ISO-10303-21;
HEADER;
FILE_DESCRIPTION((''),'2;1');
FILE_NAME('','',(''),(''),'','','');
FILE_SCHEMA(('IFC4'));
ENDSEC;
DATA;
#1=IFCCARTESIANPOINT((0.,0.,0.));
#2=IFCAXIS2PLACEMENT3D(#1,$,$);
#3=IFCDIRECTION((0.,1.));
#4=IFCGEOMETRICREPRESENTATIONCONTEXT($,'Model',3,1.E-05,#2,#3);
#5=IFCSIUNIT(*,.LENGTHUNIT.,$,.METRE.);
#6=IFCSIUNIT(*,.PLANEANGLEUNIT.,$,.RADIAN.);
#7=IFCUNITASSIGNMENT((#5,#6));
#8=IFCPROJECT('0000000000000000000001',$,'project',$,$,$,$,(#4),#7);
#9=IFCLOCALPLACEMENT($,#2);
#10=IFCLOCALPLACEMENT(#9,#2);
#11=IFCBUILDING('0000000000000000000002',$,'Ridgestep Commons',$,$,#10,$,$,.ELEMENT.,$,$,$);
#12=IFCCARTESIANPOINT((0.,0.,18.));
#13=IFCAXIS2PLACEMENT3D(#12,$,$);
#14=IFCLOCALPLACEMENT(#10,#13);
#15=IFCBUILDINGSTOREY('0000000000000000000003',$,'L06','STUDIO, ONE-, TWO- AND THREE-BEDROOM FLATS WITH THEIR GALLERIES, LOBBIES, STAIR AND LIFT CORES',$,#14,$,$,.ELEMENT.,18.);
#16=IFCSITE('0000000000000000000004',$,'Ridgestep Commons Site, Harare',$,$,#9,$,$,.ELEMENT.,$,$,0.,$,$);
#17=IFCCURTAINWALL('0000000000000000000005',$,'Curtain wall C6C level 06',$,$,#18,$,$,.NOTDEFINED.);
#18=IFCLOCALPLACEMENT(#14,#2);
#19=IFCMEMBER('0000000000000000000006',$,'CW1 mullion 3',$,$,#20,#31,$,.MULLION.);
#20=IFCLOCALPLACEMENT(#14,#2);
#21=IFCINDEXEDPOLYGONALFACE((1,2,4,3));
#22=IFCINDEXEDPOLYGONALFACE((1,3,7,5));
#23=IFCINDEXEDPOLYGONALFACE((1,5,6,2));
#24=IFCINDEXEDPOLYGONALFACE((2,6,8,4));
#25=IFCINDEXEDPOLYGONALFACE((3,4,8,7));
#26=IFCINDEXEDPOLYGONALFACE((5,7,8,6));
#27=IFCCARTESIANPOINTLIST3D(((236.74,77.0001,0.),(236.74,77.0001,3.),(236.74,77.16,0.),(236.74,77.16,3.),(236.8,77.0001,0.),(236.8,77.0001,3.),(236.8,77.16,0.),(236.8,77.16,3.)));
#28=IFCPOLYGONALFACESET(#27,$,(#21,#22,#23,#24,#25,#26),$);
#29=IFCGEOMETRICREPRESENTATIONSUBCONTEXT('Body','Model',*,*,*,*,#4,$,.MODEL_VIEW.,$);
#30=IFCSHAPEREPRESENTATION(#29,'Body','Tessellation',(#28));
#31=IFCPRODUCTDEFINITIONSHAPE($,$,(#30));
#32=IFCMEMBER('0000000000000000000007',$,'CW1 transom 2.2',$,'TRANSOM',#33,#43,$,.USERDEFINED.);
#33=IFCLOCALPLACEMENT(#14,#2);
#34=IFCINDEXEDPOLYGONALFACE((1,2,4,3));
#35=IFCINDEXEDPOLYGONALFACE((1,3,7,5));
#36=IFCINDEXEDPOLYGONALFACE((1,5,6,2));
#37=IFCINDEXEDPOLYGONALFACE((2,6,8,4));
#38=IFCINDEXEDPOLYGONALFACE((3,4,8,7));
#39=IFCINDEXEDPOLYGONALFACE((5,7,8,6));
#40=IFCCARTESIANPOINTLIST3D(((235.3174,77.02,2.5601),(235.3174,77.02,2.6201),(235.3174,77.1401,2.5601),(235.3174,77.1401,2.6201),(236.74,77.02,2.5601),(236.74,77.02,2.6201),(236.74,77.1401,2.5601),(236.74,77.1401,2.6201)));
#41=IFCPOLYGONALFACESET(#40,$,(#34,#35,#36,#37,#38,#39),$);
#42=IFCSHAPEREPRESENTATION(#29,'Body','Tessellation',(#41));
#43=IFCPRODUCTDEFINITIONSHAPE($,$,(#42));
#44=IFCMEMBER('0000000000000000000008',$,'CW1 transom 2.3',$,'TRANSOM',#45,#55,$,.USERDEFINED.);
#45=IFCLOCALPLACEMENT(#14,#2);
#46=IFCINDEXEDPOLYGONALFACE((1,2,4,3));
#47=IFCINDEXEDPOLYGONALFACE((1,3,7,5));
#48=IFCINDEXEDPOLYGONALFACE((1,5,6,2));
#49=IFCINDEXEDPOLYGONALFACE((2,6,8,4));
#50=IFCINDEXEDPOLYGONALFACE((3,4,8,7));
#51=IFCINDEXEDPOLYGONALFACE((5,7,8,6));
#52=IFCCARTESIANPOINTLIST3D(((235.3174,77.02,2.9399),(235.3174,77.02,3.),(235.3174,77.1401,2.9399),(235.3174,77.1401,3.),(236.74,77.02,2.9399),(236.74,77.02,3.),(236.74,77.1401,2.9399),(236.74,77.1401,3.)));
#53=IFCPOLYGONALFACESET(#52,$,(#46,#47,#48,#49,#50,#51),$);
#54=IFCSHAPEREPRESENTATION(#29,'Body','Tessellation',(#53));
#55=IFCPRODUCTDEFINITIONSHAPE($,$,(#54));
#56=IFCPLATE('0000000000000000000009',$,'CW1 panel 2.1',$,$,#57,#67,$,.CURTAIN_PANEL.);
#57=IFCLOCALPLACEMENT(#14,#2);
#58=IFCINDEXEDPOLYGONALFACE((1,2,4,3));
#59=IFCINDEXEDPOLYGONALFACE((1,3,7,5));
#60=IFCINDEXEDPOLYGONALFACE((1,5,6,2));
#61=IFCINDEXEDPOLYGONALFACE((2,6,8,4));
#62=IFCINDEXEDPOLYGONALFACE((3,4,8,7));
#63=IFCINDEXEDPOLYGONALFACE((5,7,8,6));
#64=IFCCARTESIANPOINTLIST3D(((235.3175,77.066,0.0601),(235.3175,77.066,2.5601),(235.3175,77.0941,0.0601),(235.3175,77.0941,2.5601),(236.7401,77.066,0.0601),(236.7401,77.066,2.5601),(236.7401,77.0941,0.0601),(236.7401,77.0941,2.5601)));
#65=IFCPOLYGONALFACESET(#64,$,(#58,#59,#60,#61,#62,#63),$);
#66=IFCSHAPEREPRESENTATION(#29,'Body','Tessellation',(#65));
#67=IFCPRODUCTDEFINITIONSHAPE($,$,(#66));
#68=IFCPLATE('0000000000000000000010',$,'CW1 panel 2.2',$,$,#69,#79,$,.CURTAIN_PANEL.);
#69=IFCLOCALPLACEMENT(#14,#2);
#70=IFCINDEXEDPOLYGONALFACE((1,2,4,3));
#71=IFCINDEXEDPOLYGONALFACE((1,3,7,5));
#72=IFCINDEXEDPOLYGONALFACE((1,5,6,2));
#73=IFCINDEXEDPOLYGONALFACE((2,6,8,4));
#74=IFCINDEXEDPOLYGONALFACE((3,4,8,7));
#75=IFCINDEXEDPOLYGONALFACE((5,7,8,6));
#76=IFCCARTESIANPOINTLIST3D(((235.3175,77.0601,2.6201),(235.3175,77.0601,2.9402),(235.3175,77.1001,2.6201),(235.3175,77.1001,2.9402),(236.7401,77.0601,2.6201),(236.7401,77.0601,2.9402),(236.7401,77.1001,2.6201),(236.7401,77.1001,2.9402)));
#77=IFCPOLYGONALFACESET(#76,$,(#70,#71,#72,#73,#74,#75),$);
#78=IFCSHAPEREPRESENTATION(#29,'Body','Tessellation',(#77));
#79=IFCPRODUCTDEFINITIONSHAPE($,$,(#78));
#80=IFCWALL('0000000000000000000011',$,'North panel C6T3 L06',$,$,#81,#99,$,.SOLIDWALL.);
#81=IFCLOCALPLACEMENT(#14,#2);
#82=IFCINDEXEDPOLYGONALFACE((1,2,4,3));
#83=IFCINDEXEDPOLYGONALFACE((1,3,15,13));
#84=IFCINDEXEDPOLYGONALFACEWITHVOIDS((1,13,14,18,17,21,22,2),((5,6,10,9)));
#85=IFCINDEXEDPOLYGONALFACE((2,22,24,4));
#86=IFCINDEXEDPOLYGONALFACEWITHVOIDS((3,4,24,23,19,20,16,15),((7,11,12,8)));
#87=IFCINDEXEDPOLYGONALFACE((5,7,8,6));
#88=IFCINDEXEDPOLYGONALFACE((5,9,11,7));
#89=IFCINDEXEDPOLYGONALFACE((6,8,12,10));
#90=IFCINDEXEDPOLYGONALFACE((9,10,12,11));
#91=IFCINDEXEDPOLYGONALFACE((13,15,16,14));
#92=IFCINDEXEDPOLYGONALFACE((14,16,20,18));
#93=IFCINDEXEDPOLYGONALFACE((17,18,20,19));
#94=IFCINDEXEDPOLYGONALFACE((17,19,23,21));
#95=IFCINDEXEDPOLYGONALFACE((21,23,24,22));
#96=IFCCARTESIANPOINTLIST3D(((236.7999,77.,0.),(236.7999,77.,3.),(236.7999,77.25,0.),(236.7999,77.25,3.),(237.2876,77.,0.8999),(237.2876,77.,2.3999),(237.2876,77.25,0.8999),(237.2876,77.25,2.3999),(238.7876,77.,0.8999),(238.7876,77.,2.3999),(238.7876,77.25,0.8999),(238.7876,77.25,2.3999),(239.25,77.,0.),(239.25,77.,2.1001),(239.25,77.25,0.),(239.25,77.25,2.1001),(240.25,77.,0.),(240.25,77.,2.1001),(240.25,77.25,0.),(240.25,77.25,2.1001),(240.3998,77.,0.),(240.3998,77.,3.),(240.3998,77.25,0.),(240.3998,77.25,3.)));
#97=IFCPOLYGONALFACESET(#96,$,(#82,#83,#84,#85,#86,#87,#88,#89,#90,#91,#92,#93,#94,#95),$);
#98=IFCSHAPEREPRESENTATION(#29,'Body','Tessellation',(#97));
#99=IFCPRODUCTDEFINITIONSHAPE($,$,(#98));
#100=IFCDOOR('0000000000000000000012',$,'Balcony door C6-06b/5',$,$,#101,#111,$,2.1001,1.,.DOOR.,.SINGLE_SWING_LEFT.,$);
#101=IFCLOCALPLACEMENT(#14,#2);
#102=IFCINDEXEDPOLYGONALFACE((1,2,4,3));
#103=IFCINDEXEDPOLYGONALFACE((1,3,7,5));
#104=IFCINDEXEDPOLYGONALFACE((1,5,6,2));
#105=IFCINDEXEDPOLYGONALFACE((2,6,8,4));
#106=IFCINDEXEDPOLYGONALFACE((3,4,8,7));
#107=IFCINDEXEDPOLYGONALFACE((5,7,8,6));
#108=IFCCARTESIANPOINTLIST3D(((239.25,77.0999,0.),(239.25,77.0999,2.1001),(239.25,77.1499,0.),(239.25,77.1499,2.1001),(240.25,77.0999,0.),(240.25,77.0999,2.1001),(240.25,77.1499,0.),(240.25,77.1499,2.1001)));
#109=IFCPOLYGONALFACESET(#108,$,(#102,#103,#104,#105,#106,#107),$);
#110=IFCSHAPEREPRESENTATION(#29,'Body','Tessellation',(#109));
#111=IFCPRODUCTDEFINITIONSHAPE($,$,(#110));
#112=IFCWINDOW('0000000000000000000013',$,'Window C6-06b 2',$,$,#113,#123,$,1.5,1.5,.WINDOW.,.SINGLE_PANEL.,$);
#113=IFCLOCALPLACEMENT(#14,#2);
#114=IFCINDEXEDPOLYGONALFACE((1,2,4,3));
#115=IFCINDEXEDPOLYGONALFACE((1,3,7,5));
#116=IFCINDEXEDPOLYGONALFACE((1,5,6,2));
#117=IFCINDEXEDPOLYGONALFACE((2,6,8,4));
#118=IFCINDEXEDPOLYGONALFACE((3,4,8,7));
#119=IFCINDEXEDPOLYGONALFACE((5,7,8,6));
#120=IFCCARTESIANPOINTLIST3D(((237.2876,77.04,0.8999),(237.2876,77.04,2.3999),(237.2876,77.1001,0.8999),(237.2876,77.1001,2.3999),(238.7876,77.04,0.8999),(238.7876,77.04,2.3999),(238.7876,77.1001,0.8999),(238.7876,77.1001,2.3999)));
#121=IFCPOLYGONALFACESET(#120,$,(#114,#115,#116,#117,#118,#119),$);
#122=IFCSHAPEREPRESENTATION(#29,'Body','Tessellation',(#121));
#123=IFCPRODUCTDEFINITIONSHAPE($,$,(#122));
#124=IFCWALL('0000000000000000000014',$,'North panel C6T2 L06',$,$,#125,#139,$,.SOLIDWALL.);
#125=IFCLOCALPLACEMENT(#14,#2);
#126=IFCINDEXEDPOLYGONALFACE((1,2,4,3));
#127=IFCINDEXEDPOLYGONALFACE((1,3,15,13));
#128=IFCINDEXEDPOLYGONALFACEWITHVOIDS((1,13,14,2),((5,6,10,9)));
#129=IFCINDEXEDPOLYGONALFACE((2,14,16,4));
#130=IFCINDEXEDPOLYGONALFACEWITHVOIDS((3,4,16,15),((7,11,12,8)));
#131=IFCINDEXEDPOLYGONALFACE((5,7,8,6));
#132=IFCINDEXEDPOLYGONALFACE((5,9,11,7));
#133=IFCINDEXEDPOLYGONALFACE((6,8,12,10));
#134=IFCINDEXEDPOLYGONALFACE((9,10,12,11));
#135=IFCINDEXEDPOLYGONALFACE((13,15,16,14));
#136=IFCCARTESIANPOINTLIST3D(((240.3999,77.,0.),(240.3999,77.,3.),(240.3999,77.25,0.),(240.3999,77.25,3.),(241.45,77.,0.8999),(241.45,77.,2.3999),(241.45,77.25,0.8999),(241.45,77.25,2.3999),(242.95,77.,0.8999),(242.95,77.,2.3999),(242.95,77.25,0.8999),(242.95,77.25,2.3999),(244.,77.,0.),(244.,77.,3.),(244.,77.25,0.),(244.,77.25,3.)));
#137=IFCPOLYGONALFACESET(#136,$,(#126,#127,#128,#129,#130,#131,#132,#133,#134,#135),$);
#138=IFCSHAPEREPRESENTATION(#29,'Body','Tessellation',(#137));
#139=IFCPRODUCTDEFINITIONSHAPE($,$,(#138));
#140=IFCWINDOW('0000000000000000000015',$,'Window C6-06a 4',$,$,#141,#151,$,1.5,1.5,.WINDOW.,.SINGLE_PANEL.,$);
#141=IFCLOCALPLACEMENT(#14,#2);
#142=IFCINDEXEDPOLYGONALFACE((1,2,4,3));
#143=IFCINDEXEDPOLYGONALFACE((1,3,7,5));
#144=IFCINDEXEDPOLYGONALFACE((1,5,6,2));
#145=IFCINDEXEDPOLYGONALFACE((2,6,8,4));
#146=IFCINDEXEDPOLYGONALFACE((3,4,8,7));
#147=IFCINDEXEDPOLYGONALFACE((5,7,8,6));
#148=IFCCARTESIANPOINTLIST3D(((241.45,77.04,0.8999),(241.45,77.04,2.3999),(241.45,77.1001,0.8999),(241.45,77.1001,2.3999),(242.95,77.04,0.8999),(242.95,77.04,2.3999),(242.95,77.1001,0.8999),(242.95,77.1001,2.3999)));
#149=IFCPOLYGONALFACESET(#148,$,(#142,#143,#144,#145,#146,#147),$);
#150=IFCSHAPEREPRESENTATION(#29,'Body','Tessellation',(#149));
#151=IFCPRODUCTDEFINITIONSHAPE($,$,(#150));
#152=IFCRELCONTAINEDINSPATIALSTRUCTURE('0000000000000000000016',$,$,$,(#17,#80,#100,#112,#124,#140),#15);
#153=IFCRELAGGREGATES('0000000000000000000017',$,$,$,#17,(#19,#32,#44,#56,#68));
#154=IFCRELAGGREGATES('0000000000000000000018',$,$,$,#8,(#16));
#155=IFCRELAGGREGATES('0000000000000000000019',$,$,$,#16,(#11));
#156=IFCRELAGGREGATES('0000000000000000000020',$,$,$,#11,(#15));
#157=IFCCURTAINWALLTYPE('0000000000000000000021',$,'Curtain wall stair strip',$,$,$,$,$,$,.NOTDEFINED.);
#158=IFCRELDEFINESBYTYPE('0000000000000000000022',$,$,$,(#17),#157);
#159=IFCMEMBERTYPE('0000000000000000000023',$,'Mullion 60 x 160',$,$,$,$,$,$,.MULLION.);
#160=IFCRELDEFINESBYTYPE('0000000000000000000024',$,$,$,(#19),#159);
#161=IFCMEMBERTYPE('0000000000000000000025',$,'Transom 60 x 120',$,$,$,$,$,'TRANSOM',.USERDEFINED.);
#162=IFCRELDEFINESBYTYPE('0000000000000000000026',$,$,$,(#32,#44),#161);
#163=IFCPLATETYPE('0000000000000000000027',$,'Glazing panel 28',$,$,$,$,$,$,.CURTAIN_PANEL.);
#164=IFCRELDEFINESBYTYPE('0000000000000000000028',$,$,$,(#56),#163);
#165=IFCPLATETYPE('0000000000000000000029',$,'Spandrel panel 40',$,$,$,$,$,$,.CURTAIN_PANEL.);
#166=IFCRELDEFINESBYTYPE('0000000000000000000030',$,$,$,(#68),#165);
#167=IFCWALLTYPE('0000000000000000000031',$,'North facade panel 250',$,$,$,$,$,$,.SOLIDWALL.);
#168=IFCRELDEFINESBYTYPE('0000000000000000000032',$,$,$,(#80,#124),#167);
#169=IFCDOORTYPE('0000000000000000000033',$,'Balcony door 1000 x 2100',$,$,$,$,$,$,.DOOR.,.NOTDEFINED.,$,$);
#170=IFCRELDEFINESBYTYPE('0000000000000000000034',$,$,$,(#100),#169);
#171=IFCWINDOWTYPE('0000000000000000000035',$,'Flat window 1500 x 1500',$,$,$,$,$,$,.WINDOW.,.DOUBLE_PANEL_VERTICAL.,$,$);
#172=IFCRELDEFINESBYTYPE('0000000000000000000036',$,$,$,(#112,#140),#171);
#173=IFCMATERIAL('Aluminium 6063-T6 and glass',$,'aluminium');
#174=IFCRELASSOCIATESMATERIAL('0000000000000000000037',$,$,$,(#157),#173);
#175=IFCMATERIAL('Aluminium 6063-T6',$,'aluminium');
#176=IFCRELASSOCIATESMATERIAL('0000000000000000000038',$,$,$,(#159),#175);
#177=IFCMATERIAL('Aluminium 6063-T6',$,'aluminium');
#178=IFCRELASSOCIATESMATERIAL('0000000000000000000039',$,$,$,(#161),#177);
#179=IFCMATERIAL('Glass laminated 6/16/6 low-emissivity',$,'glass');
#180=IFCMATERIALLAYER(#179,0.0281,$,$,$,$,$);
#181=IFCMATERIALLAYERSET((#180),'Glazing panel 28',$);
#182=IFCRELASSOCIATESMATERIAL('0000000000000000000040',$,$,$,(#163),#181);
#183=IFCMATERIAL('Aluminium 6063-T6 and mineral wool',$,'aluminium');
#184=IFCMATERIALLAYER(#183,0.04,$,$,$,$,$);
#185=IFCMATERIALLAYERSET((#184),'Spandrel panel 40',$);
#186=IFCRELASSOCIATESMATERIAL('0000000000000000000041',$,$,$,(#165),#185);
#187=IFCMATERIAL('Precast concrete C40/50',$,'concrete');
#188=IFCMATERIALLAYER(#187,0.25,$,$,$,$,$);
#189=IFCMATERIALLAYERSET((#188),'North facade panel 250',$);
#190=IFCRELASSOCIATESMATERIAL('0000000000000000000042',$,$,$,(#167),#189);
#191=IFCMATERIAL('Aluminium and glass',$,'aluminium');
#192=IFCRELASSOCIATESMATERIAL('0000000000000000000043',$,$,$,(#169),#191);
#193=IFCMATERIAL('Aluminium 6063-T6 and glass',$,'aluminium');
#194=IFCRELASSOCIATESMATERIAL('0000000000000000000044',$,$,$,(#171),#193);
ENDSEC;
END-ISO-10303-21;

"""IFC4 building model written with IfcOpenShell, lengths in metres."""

from ifc_helpers import new_model, si_unit, direction, frame, frame_2d, origin, origin_2d, place, context, subcontext, project, spatial, rectangle, extrude, material, layer, layer_set, material_profile, profile_set, type_object, element, fill, aggregate, save


model = new_model("IFC4")

# Units and contexts
model_context = context("Model", 3, precision=1e-05, world=origin(), true_north=direction((0.0, 1.0)))
body_context = subcontext(model_context, "Body", "Model", "MODEL_VIEW")
ifc_project = project(units=[si_unit("LENGTHUNIT", "METRE"), si_unit("PLANEANGLEUNIT", "RADIAN")], contexts=[model_context])

# Site, building, storey
site_placement = place(None, origin())
site = spatial("IfcSite", under=ifc_project, at=site_placement, Name="Ridgestep Commons Site, Harare", CompositionType="ELEMENT", RefElevation=0.0)
building_placement = place(site_placement, origin())
building = spatial("IfcBuilding", under=site, at=building_placement, Name="Ridgestep Commons", CompositionType="ELEMENT")
storey_placement = place(building_placement, frame((0.0, 0.0, 18.0)))
storey = spatial("IfcBuildingStorey", under=building, at=storey_placement, Name="L06", Description="STUDIO, ONE-, TWO- AND THREE-BEDROOM FLATS WITH THEIR GALLERIES, LOBBIES, STAIR AND LIFT CORES", CompositionType="ELEMENT", Elevation=18.0)

# Curtain wall, members, plates
ifc_material_1 = material(Name="Aluminium 6063-T6 and glass", Category="aluminium")
curtain_wall_type = type_object("IfcCurtainWallType", Name="Curtain wall stair strip", PredefinedType="NOTDEFINED", material=ifc_material_1)
curtain_wall_placement = place(storey_placement, origin())
curtain_wall = element("IfcCurtainWall", 1, at=curtain_wall_placement, inside=storey, type_object=curtain_wall_type, Name="Curtain wall C6C level 06", PredefinedType="NOTDEFINED")
ifc_material_2 = material(Name="Aluminium 6063-T6", Category="aluminium")
ifc_material_profile_1 = material_profile(ifc_material_2, rectangle(XDim=0.1599, YDim=0.0601, at=origin_2d()), Name="Mullion 60 x 160")
ifc_profile_set_1 = profile_set([ifc_material_profile_1], Name="Aluminium 6063-T6")
member_type_1 = type_object("IfcMemberType", Name="Mullion 60 x 160", PredefinedType="MULLION", material=ifc_profile_set_1)
member_1_placement = place(storey_placement, frame((236.77, 77.0801, 0.0), z_axis=(0.0, 0.0, 1.0), x_axis=(0.0, 1.0, 0.0)))
member_1 = element("IfcMember", 2, at=member_1_placement, type_object=member_type_1, Name="CW1 mullion 3", PredefinedType="MULLION", context=body_context, shape_type="SweptSolid", body=[
    extrude(rectangle(XDim=0.1599, YDim=0.0601, at=origin_2d()), origin(), (0.0, 0.0, 1.0), 3.0),
])
ifc_material_3 = material(Name="Aluminium 6063-T6", Category="aluminium")
ifc_material_profile_2 = material_profile(ifc_material_3, rectangle(XDim=0.1201, YDim=0.0601, at=origin_2d()), Name="Transom 60 x 120")
ifc_profile_set_2 = profile_set([ifc_material_profile_2], Name="Aluminium 6063-T6")
member_type_2 = type_object("IfcMemberType", Name="Transom 60 x 120", ElementType="TRANSOM", PredefinedType="USERDEFINED", material=ifc_profile_set_2)
member_2_placement = place(storey_placement, frame((235.3174, 77.0801, 2.5901), z_axis=(1.0, 0.0, 0.0), x_axis=(0.0, 1.0, 0.0)))
member_2 = element("IfcMember", 3, at=member_2_placement, type_object=member_type_2, Name="CW1 transom 2.2", ObjectType="TRANSOM", PredefinedType="USERDEFINED", context=body_context, shape_type="SweptSolid", body=[
    extrude(rectangle(XDim=0.1201, YDim=0.0601, at=origin_2d()), origin(), (0.0, 0.0, 1.0), 1.4226),
])
member_3_placement = place(storey_placement, frame((235.3174, 77.0801, 2.97), z_axis=(1.0, 0.0, 0.0), x_axis=(0.0, 1.0, 0.0)))
member_3 = element("IfcMember", 4, at=member_3_placement, type_object=member_type_2, Name="CW1 transom 2.3", ObjectType="TRANSOM", PredefinedType="USERDEFINED", context=body_context, shape_type="SweptSolid", body=[
    extrude(rectangle(XDim=0.1201, YDim=0.0601, at=origin_2d()), origin(), (0.0, 0.0, 1.0), 1.4226),
])
ifc_material_4 = material(Name="Glass laminated 6/16/6 low-emissivity", Category="glass")
ifc_layer_1 = layer(ifc_material_4, 0.0281)
ifc_layer_set_1 = layer_set([ifc_layer_1], Name="Glazing panel 28")
plate_type_1 = type_object("IfcPlateType", Name="Glazing panel 28", PredefinedType="CURTAIN_PANEL", material=ifc_layer_set_1)
plate_1_placement = place(storey_placement, frame((236.0288, 77.0801, 0.0601), z_axis=(0.0, 0.0, 1.0), x_axis=(1.0, 0.0, 0.0)))
plate_1 = element("IfcPlate", 5, at=plate_1_placement, type_object=plate_type_1, Name="CW1 panel 2.1", PredefinedType="CURTAIN_PANEL", context=body_context, shape_type="SweptSolid", body=[
    extrude(rectangle(XDim=1.4226, YDim=0.0281, at=origin_2d()), origin(), (0.0, 0.0, 1.0), 2.5),
])
ifc_material_5 = material(Name="Aluminium 6063-T6 and mineral wool", Category="aluminium")
ifc_layer_2 = layer(ifc_material_5, 0.04)
ifc_layer_set_2 = layer_set([ifc_layer_2], Name="Spandrel panel 40")
plate_type_2 = type_object("IfcPlateType", Name="Spandrel panel 40", PredefinedType="CURTAIN_PANEL", material=ifc_layer_set_2)
plate_2_placement = place(storey_placement, frame((236.0288, 77.0801, 2.6201), z_axis=(0.0, 0.0, 1.0), x_axis=(1.0, 0.0, 0.0)))
plate_2 = element("IfcPlate", 6, at=plate_2_placement, type_object=plate_type_2, Name="CW1 panel 2.2", PredefinedType="CURTAIN_PANEL", context=body_context, shape_type="SweptSolid", body=[
    extrude(rectangle(XDim=1.4226, YDim=0.04, at=origin_2d()), origin(), (0.0, 0.0, 1.0), 0.3201),
])
aggregate(curtain_wall, [member_1, member_2, member_3, plate_1, plate_2])

# Wall, openings, door, window
ifc_material_6 = material(Name="Precast concrete C40/50", Category="concrete")
ifc_layer_3 = layer(ifc_material_6, 0.25)
ifc_layer_set_3 = layer_set([ifc_layer_3], Name="North facade panel 250")
wall_type_1 = type_object("IfcWallType", Name="North facade panel 250", PredefinedType="SOLIDWALL", material=ifc_layer_set_3)
wall_1_placement = place(storey_placement, frame((236.8, 77.125, 0.0), z_axis=(0.0, 0.0, 1.0), x_axis=(1.0, 0.0, 0.0)))
wall_1 = element("IfcWall", 7, at=wall_1_placement, inside=storey, type_object=wall_type_1, Name="North panel C6T3 L06", PredefinedType="SOLIDWALL", context=body_context, shape_type="SweptSolid", body=[
    extrude(rectangle(XDim=3.5999, YDim=0.25, at=frame_2d((1.7998, 0.0))), origin(), (0.0, 0.0, 1.0), 3.0),
])
opening_1_placement = place(wall_1_placement, frame((0.4875, 0.0, 0.8999)))
opening_1 = element("IfcOpeningElement", 8, at=opening_1_placement, cuts=wall_1, PredefinedType="OPENING", context=body_context, shape_type="SweptSolid", body=[
    extrude(rectangle(XDim=1.5, YDim=1.5, at=frame_2d((0.75, 0.75))), frame((0.0, 0.135, 0.0), z_axis=(0.0, -1.0, 0.0), x_axis=(1.0, 0.0, 0.0)), (0.0, 0.0, 1.0), 0.27),
])
opening_2_placement = place(wall_1_placement, frame((2.45, 0.0, 0.0)))
opening_2 = element("IfcOpeningElement", 9, at=opening_2_placement, cuts=wall_1, PredefinedType="OPENING", context=body_context, shape_type="SweptSolid", body=[
    extrude(rectangle(XDim=1.0, YDim=2.1001, at=frame_2d((0.5, 1.05))), frame((0.0, 0.135, 0.0), z_axis=(0.0, -1.0, 0.0), x_axis=(1.0, 0.0, 0.0)), (0.0, 0.0, 1.0), 0.27),
])
ifc_material_7 = material(Name="Aluminium and glass", Category="aluminium")
door_type_1 = type_object("IfcDoorType", Name="Balcony door 1000 x 2100", OperationType="NOTDEFINED", PredefinedType="DOOR", material=ifc_material_7)
door_1_placement = place(opening_2_placement, origin())
door_1 = element("IfcDoor", 10, at=door_1_placement, inside=storey, type_object=door_type_1, Name="Balcony door C6-06b/5", OperationType="SINGLE_SWING_LEFT", OverallHeight=2.1001, OverallWidth=1.0, PredefinedType="DOOR", context=body_context, shape_type="SweptSolid", body=[
    extrude(rectangle(XDim=1.0, YDim=2.1001, at=frame_2d((0.5, 1.05))), frame((0.0, 0.0249, 0.0), z_axis=(0.0, -1.0, 0.0), x_axis=(1.0, 0.0, 0.0)), (0.0, 0.0, 1.0), 0.05),
])
fill(opening_2, door_1)
ifc_material_8 = material(Name="Aluminium 6063-T6 and glass", Category="aluminium")
window_type = type_object("IfcWindowType", Name="Flat window 1500 x 1500", PartitioningType="DOUBLE_PANEL_VERTICAL", PredefinedType="WINDOW", material=ifc_material_8)
window_1_placement = place(opening_1_placement, origin())
window_1 = element("IfcWindow", 11, at=window_1_placement, inside=storey, type_object=window_type, Name="Window C6-06b 2", OverallHeight=1.5, OverallWidth=1.5, PartitioningType="SINGLE_PANEL", PredefinedType="WINDOW", context=body_context, shape_type="SweptSolid", body=[
    extrude(rectangle(XDim=1.5, YDim=1.5, at=frame_2d((0.75, 0.75))), frame((0.0, -0.0249, 0.0), z_axis=(0.0, -1.0, 0.0), x_axis=(1.0, 0.0, 0.0)), (0.0, 0.0, 1.0), 0.0601),
])
fill(opening_1, window_1)

# Wall, opening, window
wall_2_placement = place(storey_placement, frame((240.3999, 77.125, 0.0), z_axis=(0.0, 0.0, 1.0), x_axis=(1.0, 0.0, 0.0)))
wall_2 = element("IfcWall", 12, at=wall_2_placement, inside=storey, type_object=wall_type_1, Name="North panel C6T2 L06", PredefinedType="SOLIDWALL", context=body_context, shape_type="SweptSolid", body=[
    extrude(rectangle(XDim=3.6001, YDim=0.25, at=frame_2d((1.8, 0.0))), origin(), (0.0, 0.0, 1.0), 3.0),
])
opening_3_placement = place(wall_2_placement, frame((1.05, 0.0, 0.8999)))
opening_3 = element("IfcOpeningElement", 13, at=opening_3_placement, cuts=wall_2, PredefinedType="OPENING", context=body_context, shape_type="SweptSolid", body=[
    extrude(rectangle(XDim=1.5, YDim=1.5, at=frame_2d((0.75, 0.75))), frame((0.0, 0.135, 0.0), z_axis=(0.0, -1.0, 0.0), x_axis=(1.0, 0.0, 0.0)), (0.0, 0.0, 1.0), 0.27),
])
window_2_placement = place(opening_3_placement, origin())
window_2 = element("IfcWindow", 14, at=window_2_placement, inside=storey, type_object=window_type, Name="Window C6-06a 4", OverallHeight=1.5, OverallWidth=1.5, PartitioningType="SINGLE_PANEL", PredefinedType="WINDOW", context=body_context, shape_type="SweptSolid", body=[
    extrude(rectangle(XDim=1.5, YDim=1.5, at=frame_2d((0.75, 0.75))), frame((0.0, -0.0249, 0.0), z_axis=(0.0, -1.0, 0.0), x_axis=(1.0, 0.0, 0.0)), (0.0, 0.0, 1.0), 0.0601),
])
fill(opening_3, window_2)

save(model, "model.ifc")
